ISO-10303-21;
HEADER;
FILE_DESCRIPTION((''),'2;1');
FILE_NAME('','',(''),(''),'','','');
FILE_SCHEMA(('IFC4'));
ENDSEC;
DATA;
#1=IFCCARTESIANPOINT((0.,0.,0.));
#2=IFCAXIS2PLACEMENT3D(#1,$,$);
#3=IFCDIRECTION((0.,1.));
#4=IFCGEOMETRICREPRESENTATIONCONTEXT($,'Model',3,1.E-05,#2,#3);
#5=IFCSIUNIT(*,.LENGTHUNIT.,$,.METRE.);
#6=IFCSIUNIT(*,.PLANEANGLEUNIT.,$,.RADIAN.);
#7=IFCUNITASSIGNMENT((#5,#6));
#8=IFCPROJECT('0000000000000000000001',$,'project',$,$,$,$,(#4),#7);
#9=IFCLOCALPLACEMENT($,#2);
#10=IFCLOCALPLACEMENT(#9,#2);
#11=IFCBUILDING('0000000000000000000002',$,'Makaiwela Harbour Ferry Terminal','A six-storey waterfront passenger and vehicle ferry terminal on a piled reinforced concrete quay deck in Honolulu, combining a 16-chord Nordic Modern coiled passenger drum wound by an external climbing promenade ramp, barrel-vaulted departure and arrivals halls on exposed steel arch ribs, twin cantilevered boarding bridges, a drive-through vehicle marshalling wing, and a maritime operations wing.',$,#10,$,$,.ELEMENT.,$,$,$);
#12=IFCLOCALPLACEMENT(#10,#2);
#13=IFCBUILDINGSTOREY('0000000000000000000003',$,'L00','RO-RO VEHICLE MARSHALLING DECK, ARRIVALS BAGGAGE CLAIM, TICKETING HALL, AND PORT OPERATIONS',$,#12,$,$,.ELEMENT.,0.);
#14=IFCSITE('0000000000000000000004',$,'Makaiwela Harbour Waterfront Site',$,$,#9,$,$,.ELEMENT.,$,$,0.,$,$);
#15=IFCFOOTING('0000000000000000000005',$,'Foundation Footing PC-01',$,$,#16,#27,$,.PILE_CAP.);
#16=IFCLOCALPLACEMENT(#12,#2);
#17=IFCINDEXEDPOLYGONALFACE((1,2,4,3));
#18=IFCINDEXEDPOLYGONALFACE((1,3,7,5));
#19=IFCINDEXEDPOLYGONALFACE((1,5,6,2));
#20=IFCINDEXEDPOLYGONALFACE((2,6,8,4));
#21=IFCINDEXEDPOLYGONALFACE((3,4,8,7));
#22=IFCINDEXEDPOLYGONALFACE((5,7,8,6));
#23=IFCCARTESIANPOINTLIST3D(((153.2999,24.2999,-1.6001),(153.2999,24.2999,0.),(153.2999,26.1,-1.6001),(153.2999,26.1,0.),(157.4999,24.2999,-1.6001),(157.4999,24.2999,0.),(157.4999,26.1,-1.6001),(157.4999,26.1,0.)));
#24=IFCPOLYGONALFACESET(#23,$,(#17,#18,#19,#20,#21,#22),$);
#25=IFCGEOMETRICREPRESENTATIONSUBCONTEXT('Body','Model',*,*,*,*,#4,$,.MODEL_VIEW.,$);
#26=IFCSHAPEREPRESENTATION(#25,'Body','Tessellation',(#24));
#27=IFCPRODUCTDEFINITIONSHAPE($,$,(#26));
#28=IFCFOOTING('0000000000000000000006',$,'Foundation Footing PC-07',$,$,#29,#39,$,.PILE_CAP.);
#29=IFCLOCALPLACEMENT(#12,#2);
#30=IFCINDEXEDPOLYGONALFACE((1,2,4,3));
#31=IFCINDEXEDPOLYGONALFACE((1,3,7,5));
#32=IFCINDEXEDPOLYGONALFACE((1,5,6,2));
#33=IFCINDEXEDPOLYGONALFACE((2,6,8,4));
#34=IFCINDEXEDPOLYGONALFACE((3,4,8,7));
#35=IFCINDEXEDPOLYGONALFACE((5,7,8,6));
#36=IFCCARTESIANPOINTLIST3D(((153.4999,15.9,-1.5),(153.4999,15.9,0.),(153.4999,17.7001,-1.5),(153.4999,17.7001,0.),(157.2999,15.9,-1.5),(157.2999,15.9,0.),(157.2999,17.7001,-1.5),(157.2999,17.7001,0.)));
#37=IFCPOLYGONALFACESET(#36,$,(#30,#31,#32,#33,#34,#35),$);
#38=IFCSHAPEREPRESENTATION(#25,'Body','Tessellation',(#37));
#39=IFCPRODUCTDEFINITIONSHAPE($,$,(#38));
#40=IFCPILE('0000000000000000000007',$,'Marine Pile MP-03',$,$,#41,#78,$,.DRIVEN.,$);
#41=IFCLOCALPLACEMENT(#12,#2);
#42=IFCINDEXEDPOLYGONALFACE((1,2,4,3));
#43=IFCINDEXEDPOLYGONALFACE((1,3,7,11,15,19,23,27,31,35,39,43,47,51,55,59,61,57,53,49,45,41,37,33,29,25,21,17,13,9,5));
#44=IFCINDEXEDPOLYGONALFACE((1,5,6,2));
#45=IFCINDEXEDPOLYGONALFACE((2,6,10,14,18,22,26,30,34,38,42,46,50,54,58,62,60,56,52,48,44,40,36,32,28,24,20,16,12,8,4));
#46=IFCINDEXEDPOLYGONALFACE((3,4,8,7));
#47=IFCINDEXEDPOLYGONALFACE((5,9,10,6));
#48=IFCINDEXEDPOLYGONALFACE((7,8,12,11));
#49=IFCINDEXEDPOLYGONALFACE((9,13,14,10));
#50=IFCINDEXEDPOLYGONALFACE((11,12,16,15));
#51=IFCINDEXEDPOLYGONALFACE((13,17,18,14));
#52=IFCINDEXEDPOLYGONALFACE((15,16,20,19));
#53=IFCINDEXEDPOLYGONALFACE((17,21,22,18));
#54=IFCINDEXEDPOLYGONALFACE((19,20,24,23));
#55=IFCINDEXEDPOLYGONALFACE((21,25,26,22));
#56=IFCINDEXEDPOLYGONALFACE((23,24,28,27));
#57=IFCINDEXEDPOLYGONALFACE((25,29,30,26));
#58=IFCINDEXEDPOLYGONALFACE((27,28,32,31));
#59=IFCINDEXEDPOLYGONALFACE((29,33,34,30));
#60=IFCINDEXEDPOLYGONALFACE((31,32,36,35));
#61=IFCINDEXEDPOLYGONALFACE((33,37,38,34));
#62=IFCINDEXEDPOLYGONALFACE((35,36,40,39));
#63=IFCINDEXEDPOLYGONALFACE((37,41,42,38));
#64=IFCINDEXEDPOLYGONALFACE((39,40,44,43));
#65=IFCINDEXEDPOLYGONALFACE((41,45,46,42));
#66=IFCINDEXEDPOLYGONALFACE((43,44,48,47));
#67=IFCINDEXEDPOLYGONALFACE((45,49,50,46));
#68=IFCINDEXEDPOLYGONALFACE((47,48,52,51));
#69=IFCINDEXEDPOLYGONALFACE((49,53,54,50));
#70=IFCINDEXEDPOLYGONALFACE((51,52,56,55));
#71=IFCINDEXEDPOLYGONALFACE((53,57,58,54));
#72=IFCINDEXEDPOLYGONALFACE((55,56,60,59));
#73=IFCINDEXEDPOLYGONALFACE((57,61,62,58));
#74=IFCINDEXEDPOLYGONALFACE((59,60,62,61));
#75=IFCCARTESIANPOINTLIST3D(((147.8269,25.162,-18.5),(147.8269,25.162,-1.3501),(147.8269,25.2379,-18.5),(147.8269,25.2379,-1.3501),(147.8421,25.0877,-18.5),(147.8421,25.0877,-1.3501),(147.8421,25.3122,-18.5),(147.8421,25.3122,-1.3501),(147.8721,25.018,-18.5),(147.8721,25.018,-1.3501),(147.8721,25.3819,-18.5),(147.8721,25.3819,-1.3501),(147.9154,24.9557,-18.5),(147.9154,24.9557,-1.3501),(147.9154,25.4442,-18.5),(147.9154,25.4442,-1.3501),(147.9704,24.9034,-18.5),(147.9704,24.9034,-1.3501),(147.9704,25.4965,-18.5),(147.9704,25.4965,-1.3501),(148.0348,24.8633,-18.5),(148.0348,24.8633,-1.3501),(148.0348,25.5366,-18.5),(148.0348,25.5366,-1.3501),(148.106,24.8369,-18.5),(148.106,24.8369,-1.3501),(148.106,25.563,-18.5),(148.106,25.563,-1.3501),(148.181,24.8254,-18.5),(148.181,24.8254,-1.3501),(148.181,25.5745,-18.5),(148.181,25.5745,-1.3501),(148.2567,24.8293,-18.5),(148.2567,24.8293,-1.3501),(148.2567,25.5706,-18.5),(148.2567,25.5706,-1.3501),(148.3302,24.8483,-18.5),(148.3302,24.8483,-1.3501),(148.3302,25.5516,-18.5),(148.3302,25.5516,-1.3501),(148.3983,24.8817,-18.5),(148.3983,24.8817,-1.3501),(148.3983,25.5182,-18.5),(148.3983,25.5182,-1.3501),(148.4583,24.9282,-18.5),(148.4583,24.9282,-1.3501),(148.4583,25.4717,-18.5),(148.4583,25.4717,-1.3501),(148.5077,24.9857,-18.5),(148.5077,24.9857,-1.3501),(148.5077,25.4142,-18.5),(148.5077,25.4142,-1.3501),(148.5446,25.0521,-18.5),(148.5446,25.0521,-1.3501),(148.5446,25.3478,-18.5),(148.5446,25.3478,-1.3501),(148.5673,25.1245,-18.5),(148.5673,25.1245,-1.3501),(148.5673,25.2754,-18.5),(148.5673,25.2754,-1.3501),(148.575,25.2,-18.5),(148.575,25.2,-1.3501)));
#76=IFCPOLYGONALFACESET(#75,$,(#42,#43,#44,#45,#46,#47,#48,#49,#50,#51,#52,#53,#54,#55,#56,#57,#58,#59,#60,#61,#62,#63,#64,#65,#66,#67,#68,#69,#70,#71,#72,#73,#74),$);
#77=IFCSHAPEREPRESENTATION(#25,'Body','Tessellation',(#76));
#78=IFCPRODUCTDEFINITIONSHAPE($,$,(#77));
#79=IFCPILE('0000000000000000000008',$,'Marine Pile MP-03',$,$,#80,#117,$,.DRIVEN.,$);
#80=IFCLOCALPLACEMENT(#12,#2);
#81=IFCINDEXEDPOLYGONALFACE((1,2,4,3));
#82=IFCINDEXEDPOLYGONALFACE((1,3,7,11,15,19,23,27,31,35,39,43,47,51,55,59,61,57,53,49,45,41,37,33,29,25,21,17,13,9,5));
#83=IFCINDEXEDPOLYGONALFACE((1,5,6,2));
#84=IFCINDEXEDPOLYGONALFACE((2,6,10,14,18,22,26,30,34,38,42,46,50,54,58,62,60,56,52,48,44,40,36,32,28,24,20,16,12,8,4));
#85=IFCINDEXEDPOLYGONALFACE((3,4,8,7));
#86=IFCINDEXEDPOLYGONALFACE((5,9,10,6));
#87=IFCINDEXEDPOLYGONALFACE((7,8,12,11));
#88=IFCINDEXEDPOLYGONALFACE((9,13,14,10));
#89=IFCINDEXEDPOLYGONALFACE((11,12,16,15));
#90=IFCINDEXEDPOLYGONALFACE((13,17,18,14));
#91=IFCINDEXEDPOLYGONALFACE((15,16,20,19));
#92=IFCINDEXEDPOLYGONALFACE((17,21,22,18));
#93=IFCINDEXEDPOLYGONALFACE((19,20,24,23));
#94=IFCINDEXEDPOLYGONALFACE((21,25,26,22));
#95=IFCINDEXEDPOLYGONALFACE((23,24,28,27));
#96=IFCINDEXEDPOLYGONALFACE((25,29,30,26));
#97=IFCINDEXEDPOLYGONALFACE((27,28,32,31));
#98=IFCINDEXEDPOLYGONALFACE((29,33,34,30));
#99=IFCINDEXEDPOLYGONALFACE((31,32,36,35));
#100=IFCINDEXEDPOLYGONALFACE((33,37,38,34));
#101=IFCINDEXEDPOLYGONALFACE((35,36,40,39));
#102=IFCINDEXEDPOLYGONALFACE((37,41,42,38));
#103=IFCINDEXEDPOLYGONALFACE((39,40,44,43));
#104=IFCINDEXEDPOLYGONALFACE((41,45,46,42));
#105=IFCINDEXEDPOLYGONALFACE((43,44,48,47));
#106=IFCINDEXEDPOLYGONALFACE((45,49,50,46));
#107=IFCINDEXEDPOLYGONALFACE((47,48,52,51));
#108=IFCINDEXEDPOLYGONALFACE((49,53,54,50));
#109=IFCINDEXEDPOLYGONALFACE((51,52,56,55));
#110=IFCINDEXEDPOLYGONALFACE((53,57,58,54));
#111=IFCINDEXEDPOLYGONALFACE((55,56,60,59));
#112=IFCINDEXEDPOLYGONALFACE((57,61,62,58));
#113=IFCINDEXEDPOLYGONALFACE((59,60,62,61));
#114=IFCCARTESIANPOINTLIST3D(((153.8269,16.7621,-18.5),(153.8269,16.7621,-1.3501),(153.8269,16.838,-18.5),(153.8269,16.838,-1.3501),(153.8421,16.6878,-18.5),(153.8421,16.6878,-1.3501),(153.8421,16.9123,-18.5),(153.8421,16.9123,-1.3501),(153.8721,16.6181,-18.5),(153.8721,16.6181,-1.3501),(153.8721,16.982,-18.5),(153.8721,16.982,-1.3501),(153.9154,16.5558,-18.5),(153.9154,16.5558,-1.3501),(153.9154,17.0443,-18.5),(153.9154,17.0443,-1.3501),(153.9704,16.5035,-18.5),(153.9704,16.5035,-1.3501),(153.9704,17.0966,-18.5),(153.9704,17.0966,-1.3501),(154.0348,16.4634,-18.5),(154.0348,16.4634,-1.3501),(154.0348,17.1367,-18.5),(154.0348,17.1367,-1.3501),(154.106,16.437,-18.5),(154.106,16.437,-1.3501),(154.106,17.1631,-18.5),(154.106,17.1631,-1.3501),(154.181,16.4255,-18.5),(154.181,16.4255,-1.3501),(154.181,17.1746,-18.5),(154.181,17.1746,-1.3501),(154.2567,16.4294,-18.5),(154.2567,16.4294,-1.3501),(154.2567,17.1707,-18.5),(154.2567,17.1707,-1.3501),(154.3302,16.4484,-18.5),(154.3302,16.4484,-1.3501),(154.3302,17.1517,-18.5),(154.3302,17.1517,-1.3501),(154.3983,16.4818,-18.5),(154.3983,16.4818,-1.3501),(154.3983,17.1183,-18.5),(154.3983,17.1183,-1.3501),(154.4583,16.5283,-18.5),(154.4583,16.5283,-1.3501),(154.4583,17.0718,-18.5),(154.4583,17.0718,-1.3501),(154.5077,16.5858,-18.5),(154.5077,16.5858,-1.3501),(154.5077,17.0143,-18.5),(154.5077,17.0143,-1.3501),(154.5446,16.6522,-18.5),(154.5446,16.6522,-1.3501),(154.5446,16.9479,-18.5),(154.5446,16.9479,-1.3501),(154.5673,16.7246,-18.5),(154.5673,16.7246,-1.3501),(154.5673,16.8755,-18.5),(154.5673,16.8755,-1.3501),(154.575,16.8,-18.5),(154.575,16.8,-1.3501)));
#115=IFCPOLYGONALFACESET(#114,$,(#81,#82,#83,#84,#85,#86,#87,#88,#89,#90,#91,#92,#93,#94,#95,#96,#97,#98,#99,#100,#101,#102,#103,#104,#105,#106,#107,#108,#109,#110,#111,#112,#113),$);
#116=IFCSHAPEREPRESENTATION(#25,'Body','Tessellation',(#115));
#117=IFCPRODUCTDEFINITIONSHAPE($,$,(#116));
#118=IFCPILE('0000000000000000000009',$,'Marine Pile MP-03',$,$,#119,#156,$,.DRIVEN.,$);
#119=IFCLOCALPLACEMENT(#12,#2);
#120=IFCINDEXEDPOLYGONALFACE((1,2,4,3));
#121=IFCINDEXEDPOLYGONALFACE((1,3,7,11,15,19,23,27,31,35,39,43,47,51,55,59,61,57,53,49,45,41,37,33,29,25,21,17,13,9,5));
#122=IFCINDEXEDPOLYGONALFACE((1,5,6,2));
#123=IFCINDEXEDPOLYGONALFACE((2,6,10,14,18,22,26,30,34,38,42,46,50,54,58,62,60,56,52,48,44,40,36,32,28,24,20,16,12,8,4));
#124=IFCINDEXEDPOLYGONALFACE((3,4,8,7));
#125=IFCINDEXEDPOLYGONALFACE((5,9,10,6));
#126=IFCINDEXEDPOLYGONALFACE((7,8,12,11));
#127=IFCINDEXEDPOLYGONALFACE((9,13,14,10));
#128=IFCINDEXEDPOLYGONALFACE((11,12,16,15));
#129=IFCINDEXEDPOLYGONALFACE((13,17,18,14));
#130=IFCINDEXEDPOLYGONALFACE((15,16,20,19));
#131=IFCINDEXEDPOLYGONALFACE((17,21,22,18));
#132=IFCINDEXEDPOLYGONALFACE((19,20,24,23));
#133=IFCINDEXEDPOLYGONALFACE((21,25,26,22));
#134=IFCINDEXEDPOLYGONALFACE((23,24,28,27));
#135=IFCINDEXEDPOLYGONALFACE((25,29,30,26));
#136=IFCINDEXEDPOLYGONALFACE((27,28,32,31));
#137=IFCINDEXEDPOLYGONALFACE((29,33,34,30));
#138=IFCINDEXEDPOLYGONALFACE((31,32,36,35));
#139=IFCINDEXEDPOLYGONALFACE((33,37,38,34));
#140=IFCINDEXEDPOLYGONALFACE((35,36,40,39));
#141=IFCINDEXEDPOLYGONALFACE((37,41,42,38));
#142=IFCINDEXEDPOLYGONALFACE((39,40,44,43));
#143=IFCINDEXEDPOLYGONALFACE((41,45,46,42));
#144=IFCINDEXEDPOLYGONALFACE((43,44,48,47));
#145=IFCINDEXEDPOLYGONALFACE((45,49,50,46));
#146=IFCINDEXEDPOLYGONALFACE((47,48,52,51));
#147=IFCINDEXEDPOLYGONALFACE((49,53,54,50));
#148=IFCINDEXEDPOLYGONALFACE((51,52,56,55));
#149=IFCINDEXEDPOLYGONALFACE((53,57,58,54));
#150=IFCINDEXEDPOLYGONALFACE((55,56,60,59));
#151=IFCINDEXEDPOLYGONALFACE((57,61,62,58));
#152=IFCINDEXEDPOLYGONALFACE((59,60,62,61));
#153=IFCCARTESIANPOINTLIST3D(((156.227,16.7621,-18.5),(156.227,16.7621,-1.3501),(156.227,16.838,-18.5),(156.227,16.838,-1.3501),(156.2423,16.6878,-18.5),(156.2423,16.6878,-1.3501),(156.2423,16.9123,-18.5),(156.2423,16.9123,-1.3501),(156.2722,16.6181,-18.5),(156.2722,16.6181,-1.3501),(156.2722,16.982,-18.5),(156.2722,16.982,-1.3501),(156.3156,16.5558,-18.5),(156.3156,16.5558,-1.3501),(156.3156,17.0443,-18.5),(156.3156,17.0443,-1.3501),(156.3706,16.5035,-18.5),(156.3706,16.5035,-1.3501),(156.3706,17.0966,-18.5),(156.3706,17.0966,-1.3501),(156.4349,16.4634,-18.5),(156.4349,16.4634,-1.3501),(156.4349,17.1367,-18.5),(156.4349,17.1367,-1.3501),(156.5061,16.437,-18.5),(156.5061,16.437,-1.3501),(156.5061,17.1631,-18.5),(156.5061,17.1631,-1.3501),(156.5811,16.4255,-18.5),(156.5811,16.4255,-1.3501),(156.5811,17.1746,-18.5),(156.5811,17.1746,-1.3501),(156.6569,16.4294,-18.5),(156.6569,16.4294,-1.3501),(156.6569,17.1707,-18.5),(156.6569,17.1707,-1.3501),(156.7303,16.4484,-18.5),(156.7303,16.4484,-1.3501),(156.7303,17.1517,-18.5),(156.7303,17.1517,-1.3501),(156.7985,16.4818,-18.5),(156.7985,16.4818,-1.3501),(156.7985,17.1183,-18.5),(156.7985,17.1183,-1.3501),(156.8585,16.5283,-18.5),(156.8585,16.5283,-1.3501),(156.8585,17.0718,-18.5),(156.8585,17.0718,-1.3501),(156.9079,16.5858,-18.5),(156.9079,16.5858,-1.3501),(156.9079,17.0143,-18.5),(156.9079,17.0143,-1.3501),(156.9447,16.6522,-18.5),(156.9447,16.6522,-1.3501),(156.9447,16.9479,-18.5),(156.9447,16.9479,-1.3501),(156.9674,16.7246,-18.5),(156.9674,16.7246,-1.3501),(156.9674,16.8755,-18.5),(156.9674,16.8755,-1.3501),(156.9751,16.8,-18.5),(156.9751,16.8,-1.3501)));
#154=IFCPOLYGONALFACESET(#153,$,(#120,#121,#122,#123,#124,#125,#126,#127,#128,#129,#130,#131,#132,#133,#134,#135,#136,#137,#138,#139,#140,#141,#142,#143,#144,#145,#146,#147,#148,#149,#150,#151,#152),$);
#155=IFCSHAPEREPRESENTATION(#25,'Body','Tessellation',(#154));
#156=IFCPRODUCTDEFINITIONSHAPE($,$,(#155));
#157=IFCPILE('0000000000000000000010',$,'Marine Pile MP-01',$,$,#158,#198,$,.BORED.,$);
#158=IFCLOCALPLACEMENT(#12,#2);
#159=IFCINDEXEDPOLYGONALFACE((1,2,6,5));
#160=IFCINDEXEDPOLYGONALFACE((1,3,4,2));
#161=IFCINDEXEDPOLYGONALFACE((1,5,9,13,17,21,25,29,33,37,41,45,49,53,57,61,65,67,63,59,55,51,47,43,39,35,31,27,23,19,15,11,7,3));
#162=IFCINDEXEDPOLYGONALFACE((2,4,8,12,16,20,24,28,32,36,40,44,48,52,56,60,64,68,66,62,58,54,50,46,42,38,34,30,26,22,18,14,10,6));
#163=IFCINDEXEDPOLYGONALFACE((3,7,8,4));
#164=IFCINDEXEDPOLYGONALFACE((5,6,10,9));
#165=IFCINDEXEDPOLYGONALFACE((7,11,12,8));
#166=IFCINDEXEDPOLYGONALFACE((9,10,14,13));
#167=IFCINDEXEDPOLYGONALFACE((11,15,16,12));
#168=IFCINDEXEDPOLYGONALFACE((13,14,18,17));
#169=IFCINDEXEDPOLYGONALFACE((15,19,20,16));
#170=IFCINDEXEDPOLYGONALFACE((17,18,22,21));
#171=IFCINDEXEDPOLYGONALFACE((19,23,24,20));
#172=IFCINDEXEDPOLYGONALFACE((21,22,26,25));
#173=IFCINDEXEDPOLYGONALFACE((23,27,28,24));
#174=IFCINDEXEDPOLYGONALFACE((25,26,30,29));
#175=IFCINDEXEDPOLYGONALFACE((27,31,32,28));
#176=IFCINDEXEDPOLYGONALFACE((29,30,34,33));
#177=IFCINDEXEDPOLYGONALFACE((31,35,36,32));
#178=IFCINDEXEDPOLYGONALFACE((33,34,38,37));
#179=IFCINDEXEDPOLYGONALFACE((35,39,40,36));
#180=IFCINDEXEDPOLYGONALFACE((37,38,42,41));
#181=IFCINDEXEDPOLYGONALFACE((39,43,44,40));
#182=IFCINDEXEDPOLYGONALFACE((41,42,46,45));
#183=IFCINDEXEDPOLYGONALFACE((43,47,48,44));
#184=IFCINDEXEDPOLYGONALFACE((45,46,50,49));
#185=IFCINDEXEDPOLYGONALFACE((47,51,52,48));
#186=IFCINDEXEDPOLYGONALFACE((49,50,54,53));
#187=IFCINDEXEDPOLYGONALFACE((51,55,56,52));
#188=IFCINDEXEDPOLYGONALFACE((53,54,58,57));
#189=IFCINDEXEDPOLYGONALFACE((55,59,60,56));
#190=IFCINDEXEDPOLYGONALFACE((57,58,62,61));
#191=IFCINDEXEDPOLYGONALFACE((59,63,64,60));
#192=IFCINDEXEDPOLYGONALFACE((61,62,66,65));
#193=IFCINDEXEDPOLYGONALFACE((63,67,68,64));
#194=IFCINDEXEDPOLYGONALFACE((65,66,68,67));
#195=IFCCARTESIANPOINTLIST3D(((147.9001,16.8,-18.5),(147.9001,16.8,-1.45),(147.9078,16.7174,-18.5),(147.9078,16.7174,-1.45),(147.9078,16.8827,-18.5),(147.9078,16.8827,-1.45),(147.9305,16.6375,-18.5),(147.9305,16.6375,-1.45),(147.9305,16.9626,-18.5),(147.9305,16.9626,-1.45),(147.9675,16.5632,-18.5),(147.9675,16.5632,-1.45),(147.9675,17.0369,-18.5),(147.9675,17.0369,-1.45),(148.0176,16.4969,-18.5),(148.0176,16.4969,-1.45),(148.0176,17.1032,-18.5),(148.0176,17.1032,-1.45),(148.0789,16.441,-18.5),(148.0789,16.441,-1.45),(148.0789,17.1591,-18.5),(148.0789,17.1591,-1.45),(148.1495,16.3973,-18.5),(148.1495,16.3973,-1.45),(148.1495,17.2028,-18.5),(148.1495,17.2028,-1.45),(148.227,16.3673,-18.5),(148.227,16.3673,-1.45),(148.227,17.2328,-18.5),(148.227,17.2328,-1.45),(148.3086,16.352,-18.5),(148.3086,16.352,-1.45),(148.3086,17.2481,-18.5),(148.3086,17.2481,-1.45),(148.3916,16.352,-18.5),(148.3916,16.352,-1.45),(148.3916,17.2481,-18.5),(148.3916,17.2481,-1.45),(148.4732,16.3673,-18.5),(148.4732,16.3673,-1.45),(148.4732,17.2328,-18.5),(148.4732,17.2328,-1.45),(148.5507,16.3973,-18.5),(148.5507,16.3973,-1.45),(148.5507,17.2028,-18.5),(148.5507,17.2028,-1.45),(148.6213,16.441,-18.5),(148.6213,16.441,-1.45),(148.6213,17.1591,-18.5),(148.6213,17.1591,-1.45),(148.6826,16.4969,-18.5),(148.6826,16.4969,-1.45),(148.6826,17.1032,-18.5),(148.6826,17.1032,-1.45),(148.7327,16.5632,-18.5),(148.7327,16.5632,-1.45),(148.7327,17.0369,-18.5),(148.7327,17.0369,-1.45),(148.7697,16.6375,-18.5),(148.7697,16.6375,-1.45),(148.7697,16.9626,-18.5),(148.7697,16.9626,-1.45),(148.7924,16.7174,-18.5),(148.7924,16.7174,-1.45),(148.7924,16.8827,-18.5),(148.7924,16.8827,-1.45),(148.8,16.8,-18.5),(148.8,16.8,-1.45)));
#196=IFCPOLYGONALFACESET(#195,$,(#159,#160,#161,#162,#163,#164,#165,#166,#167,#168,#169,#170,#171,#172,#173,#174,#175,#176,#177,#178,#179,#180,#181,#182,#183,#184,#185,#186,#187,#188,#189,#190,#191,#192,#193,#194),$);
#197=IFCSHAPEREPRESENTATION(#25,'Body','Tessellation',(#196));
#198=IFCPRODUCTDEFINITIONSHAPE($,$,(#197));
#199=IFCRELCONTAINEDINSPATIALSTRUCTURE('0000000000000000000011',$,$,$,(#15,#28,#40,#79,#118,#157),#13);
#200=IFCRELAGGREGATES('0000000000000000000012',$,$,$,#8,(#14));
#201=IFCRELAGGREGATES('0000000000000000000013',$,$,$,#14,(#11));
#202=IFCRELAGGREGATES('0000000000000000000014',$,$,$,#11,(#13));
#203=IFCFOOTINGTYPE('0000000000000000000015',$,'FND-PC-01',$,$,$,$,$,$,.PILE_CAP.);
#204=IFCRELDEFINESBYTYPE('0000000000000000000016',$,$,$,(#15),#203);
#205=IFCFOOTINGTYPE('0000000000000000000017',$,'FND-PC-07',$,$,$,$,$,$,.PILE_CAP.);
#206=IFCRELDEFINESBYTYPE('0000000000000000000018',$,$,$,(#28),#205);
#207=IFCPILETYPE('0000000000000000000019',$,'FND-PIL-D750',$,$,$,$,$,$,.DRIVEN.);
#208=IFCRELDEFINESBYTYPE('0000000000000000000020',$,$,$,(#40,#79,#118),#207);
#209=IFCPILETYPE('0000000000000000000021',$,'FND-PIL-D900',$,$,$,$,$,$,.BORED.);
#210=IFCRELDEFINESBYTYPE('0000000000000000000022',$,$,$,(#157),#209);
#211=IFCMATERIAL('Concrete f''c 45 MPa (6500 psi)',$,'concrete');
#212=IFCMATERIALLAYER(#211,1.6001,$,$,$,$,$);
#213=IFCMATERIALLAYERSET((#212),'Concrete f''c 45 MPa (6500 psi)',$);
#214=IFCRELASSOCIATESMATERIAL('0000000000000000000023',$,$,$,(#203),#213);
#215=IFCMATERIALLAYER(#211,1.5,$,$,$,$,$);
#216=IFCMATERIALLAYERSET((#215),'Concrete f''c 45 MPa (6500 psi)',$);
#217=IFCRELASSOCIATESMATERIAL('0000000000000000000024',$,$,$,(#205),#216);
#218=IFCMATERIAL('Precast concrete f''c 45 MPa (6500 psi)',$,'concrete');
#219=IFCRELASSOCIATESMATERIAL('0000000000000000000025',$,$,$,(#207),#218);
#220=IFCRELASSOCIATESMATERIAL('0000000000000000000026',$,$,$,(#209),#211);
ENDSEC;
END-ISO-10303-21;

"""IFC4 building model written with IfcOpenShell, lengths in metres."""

from ifc_helpers import new_model, si_unit, direction, frame, origin, origin_2d, place, context, subcontext, project, spatial, rectangle, circle, extrude, material, layer, layer_set, material_profile, profile_set, type_object, element, save


model = new_model("IFC4")

# Units and contexts
model_context = context("Model", 3, precision=1e-05, world=origin(), true_north=direction((0.0, 1.0)))
body_context = subcontext(model_context, "Body", "Model", "MODEL_VIEW")
ifc_project = project(units=[si_unit("LENGTHUNIT", "METRE"), si_unit("PLANEANGLEUNIT", "RADIAN")], contexts=[model_context])

# Site, building, storey
site_placement = place(None, origin())
site = spatial("IfcSite", under=ifc_project, at=site_placement, Name="Makaiwela Harbour Waterfront Site", CompositionType="ELEMENT", RefElevation=0.0)
building_placement = place(site_placement, origin())
building = spatial("IfcBuilding", under=site, at=building_placement, Name="Makaiwela Harbour Ferry Terminal", Description="A six-storey waterfront passenger and vehicle ferry terminal on a piled reinforced concrete quay deck in Honolulu, combining a 16-chord Nordic Modern coiled passenger drum wound by an external climbing promenade ramp, barrel-vaulted departure and arrivals halls on exposed steel arch ribs, twin cantilevered boarding bridges, a drive-through vehicle marshalling wing, and a maritime operations wing.", CompositionType="ELEMENT")
storey_placement = place(building_placement, origin())
storey = spatial("IfcBuildingStorey", under=building, at=storey_placement, Name="L00", Description="RO-RO VEHICLE MARSHALLING DECK, ARRIVALS BAGGAGE CLAIM, TICKETING HALL, AND PORT OPERATIONS", CompositionType="ELEMENT", Elevation=0.0)

# Footings
ifc_material_1 = material(Name="Concrete f'c 45 MPa (6500 psi)", Category="concrete")
ifc_layer_1 = layer(ifc_material_1, 1.6001)
ifc_layer_set_1 = layer_set([ifc_layer_1], Name="Concrete f'c 45 MPa (6500 psi)")
footing_type_1 = type_object("IfcFootingType", Name="FND-PC-01", PredefinedType="PILE_CAP", material=ifc_layer_set_1)
footing_1_placement = place(storey_placement, frame((155.3999, 25.2, -1.6001), z_axis=(0.0, 0.0, 1.0), x_axis=(1.0, 0.0, 0.0)))
element("IfcFooting", 1, at=footing_1_placement, inside=storey, type_object=footing_type_1, Name="Foundation Footing PC-01", PredefinedType="PILE_CAP", context=body_context, shape_type="SweptSolid", body=[
    extrude(rectangle(XDim=4.2, YDim=1.8, at=origin_2d()), origin(), (0.0, 0.0, 1.0), 1.6001),
])
ifc_layer_2 = layer(ifc_material_1, 1.5)
ifc_layer_set_2 = layer_set([ifc_layer_2], Name="Concrete f'c 45 MPa (6500 psi)")
footing_type_2 = type_object("IfcFootingType", Name="FND-PC-07", PredefinedType="PILE_CAP", material=ifc_layer_set_2)
footing_2_placement = place(storey_placement, frame((155.3999, 16.8, -1.5), z_axis=(0.0, 0.0, 1.0), x_axis=(1.0, 0.0, 0.0)))
element("IfcFooting", 2, at=footing_2_placement, inside=storey, type_object=footing_type_2, Name="Foundation Footing PC-07", PredefinedType="PILE_CAP", context=body_context, shape_type="SweptSolid", body=[
    extrude(rectangle(XDim=3.8, YDim=1.8, at=origin_2d()), origin(), (0.0, 0.0, 1.0), 1.5),
])

# Piles
ifc_material_2 = material(Name="Precast concrete f'c 45 MPa (6500 psi)", Category="concrete")
ifc_material_profile_1 = material_profile(ifc_material_2, circle(Radius=0.375, at=origin_2d()), Name="PILE-D750")
ifc_profile_set_1 = profile_set([ifc_material_profile_1], Name="Precast concrete f'c 45 MPa (6500 psi)")
pile_type_1 = type_object("IfcPileType", Name="FND-PIL-D750", PredefinedType="DRIVEN", material=ifc_profile_set_1)
for number, where, z_axis, x_axis, name in (
    (3, (148.2, 25.2, -1.3501), (0.0, 0.0, -1.0), (1.0, 0.0, 0.0), "Marine Pile MP-03"),
    (4, (154.2, 16.8, -1.3501), (0.0, 0.0, -1.0), (1.0, 0.0, 0.0), "Marine Pile MP-03"),
    (5, (156.6001, 16.8, -1.3501), (0.0, 0.0, -1.0), (1.0, 0.0, 0.0), "Marine Pile MP-03"),
):
    element("IfcPile", number, at=place(storey_placement, frame(where, z_axis=z_axis, x_axis=x_axis)), inside=storey, type_object=pile_type_1, Name=name, PredefinedType="DRIVEN", context=body_context, shape_type="SweptSolid", body=[
        extrude(circle(Radius=0.375, at=origin_2d()), origin(), (0.0, 0.0, 1.0), 17.1499),
    ])
ifc_material_profile_2 = material_profile(ifc_material_1, circle(Radius=0.45, at=origin_2d()), Name="PILE-D900")
ifc_profile_set_2 = profile_set([ifc_material_profile_2], Name="Concrete f'c 45 MPa (6500 psi)")
pile_type_2 = type_object("IfcPileType", Name="FND-PIL-D900", PredefinedType="BORED", material=ifc_profile_set_2)
for number, where, z_axis, x_axis, name in (
    (6, (148.3501, 16.8, -1.45), (0.0, 0.0, -1.0), (1.0, 0.0, 0.0), "Marine Pile MP-01"),
):
    element("IfcPile", number, at=place(storey_placement, frame(where, z_axis=z_axis, x_axis=x_axis)), inside=storey, type_object=pile_type_2, Name=name, PredefinedType="BORED", context=body_context, shape_type="SweptSolid", body=[
        extrude(circle(Radius=0.45, at=origin_2d()), origin(), (0.0, 0.0, 1.0), 17.05),
    ])

save(model, "model.ifc")
